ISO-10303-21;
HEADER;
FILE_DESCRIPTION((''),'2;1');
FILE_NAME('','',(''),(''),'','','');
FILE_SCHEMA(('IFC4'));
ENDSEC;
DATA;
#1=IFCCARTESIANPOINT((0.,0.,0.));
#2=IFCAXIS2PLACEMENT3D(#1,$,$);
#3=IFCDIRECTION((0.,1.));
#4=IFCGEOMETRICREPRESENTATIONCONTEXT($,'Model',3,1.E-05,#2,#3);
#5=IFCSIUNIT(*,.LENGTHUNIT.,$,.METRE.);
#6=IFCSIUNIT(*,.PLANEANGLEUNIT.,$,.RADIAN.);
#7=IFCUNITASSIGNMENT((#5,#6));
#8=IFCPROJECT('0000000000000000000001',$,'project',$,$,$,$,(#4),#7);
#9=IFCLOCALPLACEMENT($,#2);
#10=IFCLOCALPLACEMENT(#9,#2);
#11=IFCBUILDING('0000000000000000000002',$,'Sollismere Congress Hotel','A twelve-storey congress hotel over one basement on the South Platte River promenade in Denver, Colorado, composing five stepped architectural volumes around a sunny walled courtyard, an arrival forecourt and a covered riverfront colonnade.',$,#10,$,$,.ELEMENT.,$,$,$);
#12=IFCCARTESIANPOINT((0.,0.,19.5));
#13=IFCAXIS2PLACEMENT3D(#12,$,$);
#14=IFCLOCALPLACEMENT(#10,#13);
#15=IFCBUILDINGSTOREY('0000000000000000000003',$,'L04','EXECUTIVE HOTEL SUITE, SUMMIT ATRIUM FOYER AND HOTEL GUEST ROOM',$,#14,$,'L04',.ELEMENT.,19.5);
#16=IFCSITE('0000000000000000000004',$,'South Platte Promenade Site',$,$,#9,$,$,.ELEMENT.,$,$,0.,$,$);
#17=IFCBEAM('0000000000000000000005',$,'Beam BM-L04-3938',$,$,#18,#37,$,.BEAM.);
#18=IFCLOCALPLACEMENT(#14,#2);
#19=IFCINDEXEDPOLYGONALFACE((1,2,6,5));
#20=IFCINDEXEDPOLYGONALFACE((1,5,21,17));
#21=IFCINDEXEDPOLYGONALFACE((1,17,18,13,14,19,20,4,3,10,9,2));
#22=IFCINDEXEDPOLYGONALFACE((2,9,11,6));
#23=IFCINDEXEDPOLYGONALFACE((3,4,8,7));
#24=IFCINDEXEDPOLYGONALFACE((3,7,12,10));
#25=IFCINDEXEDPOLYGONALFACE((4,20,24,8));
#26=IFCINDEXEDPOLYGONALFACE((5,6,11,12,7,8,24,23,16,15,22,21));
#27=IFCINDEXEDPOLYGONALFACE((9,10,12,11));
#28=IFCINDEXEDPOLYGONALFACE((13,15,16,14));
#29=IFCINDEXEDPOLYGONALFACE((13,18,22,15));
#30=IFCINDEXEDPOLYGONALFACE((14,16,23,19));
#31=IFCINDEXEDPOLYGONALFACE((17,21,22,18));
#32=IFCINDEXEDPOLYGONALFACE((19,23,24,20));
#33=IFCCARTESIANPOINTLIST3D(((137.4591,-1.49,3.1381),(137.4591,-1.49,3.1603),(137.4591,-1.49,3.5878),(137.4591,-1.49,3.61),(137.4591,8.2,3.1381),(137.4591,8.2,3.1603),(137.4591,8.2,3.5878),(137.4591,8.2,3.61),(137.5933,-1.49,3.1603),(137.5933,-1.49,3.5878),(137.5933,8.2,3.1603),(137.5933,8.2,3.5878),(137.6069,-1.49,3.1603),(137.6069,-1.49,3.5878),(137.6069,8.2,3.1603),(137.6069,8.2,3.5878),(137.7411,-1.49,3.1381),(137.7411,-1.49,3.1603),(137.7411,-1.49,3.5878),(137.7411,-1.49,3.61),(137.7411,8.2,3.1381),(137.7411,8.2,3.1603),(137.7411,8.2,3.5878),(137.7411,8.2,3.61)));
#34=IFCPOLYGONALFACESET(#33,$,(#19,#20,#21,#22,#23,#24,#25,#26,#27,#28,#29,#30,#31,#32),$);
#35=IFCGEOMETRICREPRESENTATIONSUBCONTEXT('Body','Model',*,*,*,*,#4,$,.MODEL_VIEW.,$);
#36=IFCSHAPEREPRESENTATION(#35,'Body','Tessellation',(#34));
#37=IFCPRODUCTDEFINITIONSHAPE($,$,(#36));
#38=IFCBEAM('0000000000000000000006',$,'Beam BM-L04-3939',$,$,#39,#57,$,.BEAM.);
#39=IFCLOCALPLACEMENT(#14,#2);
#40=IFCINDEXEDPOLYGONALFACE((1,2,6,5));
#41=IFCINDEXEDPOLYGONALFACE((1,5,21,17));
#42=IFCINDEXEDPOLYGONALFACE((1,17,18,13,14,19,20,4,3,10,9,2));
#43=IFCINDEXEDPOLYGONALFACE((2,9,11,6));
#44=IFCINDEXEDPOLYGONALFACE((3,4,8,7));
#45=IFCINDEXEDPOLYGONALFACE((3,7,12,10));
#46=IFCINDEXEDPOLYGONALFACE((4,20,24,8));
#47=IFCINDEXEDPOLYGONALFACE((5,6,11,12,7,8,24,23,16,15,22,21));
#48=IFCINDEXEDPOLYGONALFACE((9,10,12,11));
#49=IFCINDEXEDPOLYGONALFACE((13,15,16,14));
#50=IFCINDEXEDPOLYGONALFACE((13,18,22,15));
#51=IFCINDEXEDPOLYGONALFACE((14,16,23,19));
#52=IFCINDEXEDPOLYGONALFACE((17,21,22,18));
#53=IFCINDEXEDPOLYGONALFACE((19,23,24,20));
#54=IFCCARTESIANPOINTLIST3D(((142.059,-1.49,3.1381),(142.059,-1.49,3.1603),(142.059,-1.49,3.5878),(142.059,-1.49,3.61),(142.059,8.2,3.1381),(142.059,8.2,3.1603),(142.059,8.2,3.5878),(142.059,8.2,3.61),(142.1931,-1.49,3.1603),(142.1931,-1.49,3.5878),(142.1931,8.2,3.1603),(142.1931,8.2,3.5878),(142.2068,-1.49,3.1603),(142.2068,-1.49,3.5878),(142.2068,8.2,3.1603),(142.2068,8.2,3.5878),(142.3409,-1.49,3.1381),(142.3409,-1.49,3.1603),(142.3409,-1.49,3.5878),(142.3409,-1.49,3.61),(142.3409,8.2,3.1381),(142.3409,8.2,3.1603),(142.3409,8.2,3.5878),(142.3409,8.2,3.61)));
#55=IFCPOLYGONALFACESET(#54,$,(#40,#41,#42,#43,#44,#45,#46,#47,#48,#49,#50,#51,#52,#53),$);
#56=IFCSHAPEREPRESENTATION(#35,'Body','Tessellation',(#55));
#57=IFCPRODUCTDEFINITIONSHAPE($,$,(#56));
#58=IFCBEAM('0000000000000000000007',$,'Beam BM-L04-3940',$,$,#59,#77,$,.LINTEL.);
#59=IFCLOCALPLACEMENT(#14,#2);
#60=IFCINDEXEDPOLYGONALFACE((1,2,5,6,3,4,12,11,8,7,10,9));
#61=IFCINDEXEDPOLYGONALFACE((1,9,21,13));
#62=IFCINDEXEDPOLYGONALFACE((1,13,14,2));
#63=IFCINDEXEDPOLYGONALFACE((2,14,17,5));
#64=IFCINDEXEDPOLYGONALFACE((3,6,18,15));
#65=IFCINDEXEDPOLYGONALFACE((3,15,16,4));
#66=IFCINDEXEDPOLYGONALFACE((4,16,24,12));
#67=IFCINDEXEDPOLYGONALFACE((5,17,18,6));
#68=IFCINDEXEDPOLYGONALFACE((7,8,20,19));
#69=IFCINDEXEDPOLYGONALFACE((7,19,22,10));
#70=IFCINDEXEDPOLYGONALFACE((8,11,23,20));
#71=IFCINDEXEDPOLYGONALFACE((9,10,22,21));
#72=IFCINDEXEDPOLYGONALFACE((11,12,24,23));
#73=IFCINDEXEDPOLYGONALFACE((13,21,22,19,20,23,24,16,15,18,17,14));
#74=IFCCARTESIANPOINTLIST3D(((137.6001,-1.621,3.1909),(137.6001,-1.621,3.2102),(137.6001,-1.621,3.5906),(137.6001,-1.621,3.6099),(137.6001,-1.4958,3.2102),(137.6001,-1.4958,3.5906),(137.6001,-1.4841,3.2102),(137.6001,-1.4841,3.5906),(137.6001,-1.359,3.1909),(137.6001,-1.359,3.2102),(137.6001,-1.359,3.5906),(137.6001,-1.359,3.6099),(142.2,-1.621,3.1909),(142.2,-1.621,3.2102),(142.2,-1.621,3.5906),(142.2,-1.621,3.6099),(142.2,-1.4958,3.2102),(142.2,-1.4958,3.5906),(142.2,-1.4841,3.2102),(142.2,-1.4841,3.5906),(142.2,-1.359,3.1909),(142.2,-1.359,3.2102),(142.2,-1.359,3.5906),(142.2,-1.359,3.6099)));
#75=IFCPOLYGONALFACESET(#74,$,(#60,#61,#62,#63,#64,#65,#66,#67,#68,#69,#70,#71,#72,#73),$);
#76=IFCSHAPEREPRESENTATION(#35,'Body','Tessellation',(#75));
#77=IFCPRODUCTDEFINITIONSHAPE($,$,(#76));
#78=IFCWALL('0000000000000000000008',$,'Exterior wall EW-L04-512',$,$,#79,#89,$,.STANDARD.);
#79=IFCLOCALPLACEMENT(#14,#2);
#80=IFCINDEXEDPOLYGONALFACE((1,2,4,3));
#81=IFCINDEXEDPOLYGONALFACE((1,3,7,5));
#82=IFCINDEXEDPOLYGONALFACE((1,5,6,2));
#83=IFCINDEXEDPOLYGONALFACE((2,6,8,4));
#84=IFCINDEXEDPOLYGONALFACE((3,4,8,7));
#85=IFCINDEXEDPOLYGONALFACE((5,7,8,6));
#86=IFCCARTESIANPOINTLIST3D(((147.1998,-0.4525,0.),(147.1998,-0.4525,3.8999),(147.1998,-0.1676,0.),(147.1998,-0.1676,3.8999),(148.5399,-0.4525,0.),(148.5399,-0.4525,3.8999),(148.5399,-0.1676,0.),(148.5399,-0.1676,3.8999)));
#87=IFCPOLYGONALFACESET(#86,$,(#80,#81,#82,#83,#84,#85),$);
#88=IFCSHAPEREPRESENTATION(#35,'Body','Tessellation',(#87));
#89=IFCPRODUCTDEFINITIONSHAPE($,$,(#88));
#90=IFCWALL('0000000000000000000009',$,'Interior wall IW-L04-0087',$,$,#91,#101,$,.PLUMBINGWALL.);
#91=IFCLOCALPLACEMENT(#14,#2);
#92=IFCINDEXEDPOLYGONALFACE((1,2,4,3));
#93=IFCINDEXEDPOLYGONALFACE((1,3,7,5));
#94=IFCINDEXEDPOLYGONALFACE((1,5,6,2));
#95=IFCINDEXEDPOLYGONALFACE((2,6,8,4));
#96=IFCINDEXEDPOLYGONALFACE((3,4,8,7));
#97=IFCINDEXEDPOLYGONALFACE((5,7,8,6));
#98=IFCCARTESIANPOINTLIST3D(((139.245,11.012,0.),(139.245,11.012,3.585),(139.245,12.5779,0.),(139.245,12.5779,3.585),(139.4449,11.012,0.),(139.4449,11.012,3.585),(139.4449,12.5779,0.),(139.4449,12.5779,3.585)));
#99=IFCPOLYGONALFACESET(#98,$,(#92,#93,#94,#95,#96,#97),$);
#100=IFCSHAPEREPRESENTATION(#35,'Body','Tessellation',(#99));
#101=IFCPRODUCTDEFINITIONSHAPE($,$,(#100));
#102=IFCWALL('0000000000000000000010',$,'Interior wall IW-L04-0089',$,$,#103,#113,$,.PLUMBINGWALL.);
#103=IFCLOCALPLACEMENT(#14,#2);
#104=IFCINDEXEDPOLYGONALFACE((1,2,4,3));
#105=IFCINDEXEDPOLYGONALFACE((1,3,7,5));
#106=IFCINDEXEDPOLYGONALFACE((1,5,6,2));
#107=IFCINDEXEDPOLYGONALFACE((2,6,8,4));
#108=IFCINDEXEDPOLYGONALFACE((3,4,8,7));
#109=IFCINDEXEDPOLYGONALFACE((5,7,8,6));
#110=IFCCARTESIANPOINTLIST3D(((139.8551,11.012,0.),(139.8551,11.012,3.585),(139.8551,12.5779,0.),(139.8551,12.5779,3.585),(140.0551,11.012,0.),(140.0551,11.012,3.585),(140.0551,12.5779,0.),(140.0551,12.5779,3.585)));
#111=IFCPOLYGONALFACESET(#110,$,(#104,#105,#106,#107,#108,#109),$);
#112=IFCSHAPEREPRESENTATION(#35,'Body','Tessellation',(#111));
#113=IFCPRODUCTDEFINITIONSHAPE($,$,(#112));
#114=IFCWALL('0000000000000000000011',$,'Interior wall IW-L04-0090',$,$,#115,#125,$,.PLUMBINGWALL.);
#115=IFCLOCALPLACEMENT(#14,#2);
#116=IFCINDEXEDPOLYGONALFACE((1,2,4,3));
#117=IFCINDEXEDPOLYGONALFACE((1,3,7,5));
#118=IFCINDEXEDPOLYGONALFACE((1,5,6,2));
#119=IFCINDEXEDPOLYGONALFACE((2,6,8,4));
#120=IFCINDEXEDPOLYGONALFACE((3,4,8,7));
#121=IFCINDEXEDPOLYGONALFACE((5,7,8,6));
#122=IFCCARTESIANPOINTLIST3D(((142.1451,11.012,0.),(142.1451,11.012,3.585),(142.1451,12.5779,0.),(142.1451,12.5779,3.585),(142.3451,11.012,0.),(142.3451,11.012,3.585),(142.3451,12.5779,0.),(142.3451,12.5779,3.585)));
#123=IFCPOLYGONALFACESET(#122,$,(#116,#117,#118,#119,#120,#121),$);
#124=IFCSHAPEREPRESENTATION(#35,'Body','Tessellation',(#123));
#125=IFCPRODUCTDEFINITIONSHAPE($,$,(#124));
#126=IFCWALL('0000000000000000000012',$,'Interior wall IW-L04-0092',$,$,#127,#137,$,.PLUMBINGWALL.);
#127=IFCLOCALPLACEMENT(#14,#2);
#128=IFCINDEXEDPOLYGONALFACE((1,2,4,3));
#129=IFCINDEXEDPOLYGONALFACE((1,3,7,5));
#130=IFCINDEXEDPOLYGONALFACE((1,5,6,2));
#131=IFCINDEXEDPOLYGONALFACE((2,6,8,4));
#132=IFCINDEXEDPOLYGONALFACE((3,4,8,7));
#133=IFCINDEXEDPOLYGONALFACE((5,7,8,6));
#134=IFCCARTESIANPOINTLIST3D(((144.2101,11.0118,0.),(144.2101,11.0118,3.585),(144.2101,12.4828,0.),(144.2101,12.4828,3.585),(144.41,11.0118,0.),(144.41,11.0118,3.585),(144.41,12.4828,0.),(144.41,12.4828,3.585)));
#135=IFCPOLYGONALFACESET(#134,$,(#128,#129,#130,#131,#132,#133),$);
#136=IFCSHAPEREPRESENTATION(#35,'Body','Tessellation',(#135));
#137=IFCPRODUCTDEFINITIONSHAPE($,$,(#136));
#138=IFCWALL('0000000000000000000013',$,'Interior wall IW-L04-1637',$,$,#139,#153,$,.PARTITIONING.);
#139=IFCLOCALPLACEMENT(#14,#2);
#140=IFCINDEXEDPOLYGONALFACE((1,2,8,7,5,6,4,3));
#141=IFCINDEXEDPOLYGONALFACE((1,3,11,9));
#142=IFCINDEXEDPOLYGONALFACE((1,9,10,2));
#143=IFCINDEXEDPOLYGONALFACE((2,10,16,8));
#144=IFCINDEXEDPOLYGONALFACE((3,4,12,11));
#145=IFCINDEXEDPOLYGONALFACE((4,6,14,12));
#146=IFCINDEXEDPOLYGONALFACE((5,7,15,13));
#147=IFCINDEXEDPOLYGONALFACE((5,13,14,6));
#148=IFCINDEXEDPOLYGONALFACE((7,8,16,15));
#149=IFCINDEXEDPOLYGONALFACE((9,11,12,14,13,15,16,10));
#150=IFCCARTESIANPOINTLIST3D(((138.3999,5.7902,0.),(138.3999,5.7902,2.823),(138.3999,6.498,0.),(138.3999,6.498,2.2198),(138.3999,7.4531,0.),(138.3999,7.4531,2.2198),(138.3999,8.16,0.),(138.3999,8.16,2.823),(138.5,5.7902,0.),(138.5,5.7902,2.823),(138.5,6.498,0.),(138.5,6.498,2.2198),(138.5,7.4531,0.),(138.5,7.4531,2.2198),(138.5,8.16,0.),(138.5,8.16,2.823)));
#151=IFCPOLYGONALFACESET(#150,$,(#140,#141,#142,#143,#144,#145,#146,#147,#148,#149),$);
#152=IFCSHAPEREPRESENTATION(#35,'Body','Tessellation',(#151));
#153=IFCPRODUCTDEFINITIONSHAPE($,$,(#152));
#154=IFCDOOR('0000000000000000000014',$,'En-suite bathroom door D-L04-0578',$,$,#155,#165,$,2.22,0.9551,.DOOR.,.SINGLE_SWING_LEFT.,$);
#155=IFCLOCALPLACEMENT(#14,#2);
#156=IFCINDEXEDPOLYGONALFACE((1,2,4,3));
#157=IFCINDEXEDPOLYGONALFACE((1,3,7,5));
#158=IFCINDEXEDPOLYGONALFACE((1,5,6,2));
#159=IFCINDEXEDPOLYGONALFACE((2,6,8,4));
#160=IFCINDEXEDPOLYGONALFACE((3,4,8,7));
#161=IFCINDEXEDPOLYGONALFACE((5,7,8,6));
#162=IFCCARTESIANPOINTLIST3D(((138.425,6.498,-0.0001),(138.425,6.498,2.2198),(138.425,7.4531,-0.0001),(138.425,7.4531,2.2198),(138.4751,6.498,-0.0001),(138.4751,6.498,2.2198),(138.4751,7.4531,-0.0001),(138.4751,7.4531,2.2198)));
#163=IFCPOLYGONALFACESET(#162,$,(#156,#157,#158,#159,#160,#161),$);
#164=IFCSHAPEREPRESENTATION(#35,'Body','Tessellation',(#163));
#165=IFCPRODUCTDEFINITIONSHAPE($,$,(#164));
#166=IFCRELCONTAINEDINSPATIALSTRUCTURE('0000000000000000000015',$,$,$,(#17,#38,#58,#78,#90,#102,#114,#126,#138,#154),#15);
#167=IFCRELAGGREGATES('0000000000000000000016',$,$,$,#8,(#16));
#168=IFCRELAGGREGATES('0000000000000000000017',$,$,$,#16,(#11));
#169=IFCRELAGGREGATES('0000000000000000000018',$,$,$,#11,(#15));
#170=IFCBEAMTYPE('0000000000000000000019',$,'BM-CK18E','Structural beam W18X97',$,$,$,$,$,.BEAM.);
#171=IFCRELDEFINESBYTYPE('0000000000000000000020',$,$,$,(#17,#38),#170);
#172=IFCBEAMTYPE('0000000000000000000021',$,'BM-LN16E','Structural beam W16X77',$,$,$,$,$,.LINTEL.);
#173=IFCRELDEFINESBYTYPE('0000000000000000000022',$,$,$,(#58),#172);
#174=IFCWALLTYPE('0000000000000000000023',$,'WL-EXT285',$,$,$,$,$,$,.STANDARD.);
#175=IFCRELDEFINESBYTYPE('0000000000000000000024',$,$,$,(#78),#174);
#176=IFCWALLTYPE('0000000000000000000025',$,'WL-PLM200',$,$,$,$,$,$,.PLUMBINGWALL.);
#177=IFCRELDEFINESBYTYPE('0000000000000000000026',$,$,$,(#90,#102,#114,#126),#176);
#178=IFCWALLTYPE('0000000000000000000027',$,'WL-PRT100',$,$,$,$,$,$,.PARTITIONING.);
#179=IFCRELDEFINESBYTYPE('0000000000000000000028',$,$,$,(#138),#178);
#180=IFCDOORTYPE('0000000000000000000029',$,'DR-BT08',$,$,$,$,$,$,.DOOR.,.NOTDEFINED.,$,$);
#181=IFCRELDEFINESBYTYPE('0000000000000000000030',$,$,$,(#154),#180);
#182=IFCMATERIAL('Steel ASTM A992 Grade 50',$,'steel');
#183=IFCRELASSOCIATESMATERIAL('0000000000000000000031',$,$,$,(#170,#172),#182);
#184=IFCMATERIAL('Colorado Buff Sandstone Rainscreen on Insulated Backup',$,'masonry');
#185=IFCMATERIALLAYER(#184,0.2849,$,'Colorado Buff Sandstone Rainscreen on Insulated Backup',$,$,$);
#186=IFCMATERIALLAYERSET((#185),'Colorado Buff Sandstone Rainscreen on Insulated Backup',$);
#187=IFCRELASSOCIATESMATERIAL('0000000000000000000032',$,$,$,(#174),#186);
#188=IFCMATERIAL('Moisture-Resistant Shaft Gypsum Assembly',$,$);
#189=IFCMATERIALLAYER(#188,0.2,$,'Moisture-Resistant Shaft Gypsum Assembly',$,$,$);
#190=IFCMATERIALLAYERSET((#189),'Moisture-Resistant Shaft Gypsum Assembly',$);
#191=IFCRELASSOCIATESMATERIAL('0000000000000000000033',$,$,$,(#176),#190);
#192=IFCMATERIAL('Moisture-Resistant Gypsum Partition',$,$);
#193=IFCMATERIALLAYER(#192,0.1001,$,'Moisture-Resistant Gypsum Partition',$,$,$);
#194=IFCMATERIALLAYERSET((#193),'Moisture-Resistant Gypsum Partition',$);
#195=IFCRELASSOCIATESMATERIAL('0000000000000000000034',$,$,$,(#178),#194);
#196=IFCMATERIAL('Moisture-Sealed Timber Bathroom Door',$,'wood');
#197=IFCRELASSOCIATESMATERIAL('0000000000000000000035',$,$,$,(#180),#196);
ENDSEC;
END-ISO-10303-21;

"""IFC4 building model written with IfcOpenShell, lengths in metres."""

from ifc_helpers import new_model, si_unit, direction, frame, frame_2d, origin, origin_2d, place, context, subcontext, project, spatial, rectangle, i_section, extrude, material, layer, layer_set, material_profile, profile_set, type_object, element, fill, save


model = new_model("IFC4")

# Units and contexts
model_context = context("Model", 3, precision=1e-05, world=origin(), true_north=direction((0.0, 1.0)))
body_context = subcontext(model_context, "Body", "Model", "MODEL_VIEW")
ifc_project = project(units=[si_unit("LENGTHUNIT", "METRE"), si_unit("PLANEANGLEUNIT", "RADIAN")], contexts=[model_context])

# Site, building, storey
site_placement = place(None, origin())
site = spatial("IfcSite", under=ifc_project, at=site_placement, Name="South Platte Promenade Site", CompositionType="ELEMENT", RefElevation=0.0)
building_placement = place(site_placement, origin())
building = spatial("IfcBuilding", under=site, at=building_placement, Name="Sollismere Congress Hotel", Description="A twelve-storey congress hotel over one basement on the South Platte River promenade in Denver, Colorado, composing five stepped architectural volumes around a sunny walled courtyard, an arrival forecourt and a covered riverfront colonnade.", CompositionType="ELEMENT")
storey_placement = place(building_placement, frame((0.0, 0.0, 19.5)))
storey = spatial("IfcBuildingStorey", under=building, at=storey_placement, Name="L04", Description="EXECUTIVE HOTEL SUITE, SUMMIT ATRIUM FOYER AND HOTEL GUEST ROOM", LongName="L04", CompositionType="ELEMENT", Elevation=19.5)

# Beams
ifc_material_1 = material(Name="Steel ASTM A992 Grade 50", Category="steel")
ifc_material_profile_1 = material_profile(ifc_material_1, i_section(OverallWidth=0.282, OverallDepth=0.4719, WebThickness=0.0137, FlangeThickness=0.0222, at=origin_2d()), Name="W18X97")
ifc_profile_set_1 = profile_set([ifc_material_profile_1], Name="Steel ASTM A992 Grade 50")
beam_type_1 = type_object("IfcBeamType", Name="BM-CK18E", Description="Structural beam W18X97", PredefinedType="BEAM", material=ifc_profile_set_1)
for number, where, z_axis, x_axis, name in (
    (1, (137.6001, 8.2, 3.374), (0.0, -1.0, 0.0), (1.0, 0.0, 0.0), "Beam BM-L04-3938"),
    (2, (142.2, 8.2, 3.374), (0.0, -1.0, 0.0), (1.0, 0.0, 0.0), "Beam BM-L04-3939"),
):
    element("IfcBeam", number, at=place(storey_placement, frame(where, z_axis=z_axis, x_axis=x_axis)), inside=storey, type_object=beam_type_1, Name=name, PredefinedType="BEAM", context=body_context, shape_type="SweptSolid", body=[
        extrude(i_section(OverallWidth=0.282, OverallDepth=0.4719, WebThickness=0.0137, FlangeThickness=0.0222, at=origin_2d()), origin(), (0.0, 0.0, 1.0), 9.6899),
    ])
ifc_material_profile_2 = material_profile(ifc_material_1, i_section(OverallWidth=0.262, OverallDepth=0.4189, WebThickness=0.0117, FlangeThickness=0.0193, at=origin_2d()), Name="W16X77")
ifc_profile_set_2 = profile_set([ifc_material_profile_2], Name="Steel ASTM A992 Grade 50")
beam_type_2 = type_object("IfcBeamType", Name="BM-LN16E", Description="Structural beam W16X77", PredefinedType="LINTEL", material=ifc_profile_set_2)
beam_placement = place(storey_placement, frame((137.6001, -1.49, 3.4004), z_axis=(1.0, 0.0, 0.0), x_axis=(0.0, 1.0, 0.0)))
element("IfcBeam", 3, at=beam_placement, inside=storey, type_object=beam_type_2, Name="Beam BM-L04-3940", PredefinedType="LINTEL", context=body_context, shape_type="SweptSolid", body=[
    extrude(i_section(OverallWidth=0.262, OverallDepth=0.4189, WebThickness=0.0117, FlangeThickness=0.0193, at=origin_2d()), origin(), (0.0, 0.0, 1.0), 4.5999),
])

# Walls
ifc_material_2 = material(Name="Colorado Buff Sandstone Rainscreen on Insulated Backup", Category="masonry")
ifc_layer_1 = layer(ifc_material_2, 0.2849, Name="Colorado Buff Sandstone Rainscreen on Insulated Backup")
ifc_layer_set_1 = layer_set([ifc_layer_1], Name="Colorado Buff Sandstone Rainscreen on Insulated Backup")
wall_type_1 = type_object("IfcWallType", Name="WL-EXT285", PredefinedType="STANDARD", material=ifc_layer_set_1)
wall_1_placement = place(storey_placement, frame((147.2, -0.3101, 0.0), z_axis=(0.0, 0.0, 1.0), x_axis=(1.0, 0.0, 0.0)))
element("IfcWall", 4, at=wall_1_placement, inside=storey, type_object=wall_type_1, Name="Exterior wall EW-L04-512", PredefinedType="STANDARD", context=body_context, shape_type="SweptSolid", body=[
    extrude(rectangle(XDim=1.3401, YDim=0.2849, at=frame_2d((0.6699, 0.0))), origin(), (0.0, 0.0, 1.0), 3.8999),
])
ifc_material_3 = material(Name="Moisture-Resistant Shaft Gypsum Assembly")
ifc_layer_2 = layer(ifc_material_3, 0.2, Name="Moisture-Resistant Shaft Gypsum Assembly")
ifc_layer_set_2 = layer_set([ifc_layer_2], Name="Moisture-Resistant Shaft Gypsum Assembly")
wall_type_2 = type_object("IfcWallType", Name="WL-PLM200", PredefinedType="PLUMBINGWALL", material=ifc_layer_set_2)
for number, where, z_axis, x_axis, name in (
    (5, (139.345, 11.012, 0.0), (0.0, 0.0, 1.0), (0.0, 1.0, 0.0), "Interior wall IW-L04-0087"),
    (6, (139.9551, 11.012, 0.0), (0.0, 0.0, 1.0), (0.0, 1.0, 0.0), "Interior wall IW-L04-0089"),
    (7, (142.2451, 11.012, 0.0), (0.0, 0.0, 1.0), (0.0, 1.0, 0.0), "Interior wall IW-L04-0090"),
):
    element("IfcWall", number, at=place(storey_placement, frame(where, z_axis=z_axis, x_axis=x_axis)), inside=storey, type_object=wall_type_2, Name=name, PredefinedType="PLUMBINGWALL", context=body_context, shape_type="SweptSolid", body=[
        extrude(rectangle(XDim=1.5659, YDim=0.2, at=frame_2d((0.783, 0.0))), origin(), (0.0, 0.0, 1.0), 3.585),
    ])
wall_2_placement = place(storey_placement, frame((144.3101, 11.012, 0.0), z_axis=(0.0, 0.0, 1.0), x_axis=(0.0, 1.0, 0.0)))
element("IfcWall", 8, at=wall_2_placement, inside=storey, type_object=wall_type_2, Name="Interior wall IW-L04-0092", PredefinedType="PLUMBINGWALL", context=body_context, shape_type="SweptSolid", body=[
    extrude(rectangle(XDim=1.4709, YDim=0.2, at=frame_2d((0.7354, 0.0))), origin(), (0.0, 0.0, 1.0), 3.585),
])

# Wall, opening, door
ifc_material_4 = material(Name="Moisture-Resistant Gypsum Partition")
ifc_layer_3 = layer(ifc_material_4, 0.1001, Name="Moisture-Resistant Gypsum Partition")
ifc_layer_set_3 = layer_set([ifc_layer_3], Name="Moisture-Resistant Gypsum Partition")
wall_type_3 = type_object("IfcWallType", Name="WL-PRT100", PredefinedType="PARTITIONING", material=ifc_layer_set_3)
wall_3_placement = place(storey_placement, frame((138.45, 5.79, 0.0), z_axis=(0.0, 0.0, 1.0), x_axis=(0.0, 1.0, 0.0)))
wall_3 = element("IfcWall", 9, at=wall_3_placement, inside=storey, type_object=wall_type_3, Name="Interior wall IW-L04-1637", PredefinedType="PARTITIONING", context=body_context, shape_type="SweptSolid", body=[
    extrude(rectangle(XDim=2.3699, YDim=0.1001, at=frame_2d((1.1851, 0.0))), origin(), (0.0, 0.0, 1.0), 2.823),
])
opening_1_placement = place(wall_3_placement, frame((0.708, 0.0, 0.0)))
opening_1 = element("IfcOpeningElement", 10, at=opening_1_placement, cuts=wall_3, PredefinedType="OPENING", context=body_context, shape_type="SweptSolid", body=[
    extrude(rectangle(XDim=0.9551, YDim=2.22, at=frame_2d((0.4775, 1.1099))), frame((0.0, 0.0601, 0.0), z_axis=(0.0, -1.0, 0.0), x_axis=(1.0, 0.0, 0.0)), (0.0, 0.0, 1.0), 0.1201),
])
ifc_material_5 = material(Name="Moisture-Sealed Timber Bathroom Door", Category="wood")
door_type_1 = type_object("IfcDoorType", Name="DR-BT08", OperationType="NOTDEFINED", PredefinedType="DOOR", material=ifc_material_5)
door_1_placement = place(opening_1_placement, origin())
door_1 = element("IfcDoor", 11, at=door_1_placement, inside=storey, type_object=door_type_1, Name="En-suite bathroom door D-L04-0578", OperationType="SINGLE_SWING_LEFT", OverallHeight=2.22, OverallWidth=0.9551, PredefinedType="DOOR", context=body_context, shape_type="SweptSolid", body=[
    extrude(rectangle(XDim=0.9551, YDim=2.22, at=frame_2d((0.4775, 1.1099))), frame((0.0, 0.0249, 0.0), z_axis=(0.0, -1.0, 0.0), x_axis=(1.0, 0.0, 0.0)), (0.0, 0.0, 1.0), 0.05),
])
fill(opening_1, door_1)

save(model, "model.ifc")
